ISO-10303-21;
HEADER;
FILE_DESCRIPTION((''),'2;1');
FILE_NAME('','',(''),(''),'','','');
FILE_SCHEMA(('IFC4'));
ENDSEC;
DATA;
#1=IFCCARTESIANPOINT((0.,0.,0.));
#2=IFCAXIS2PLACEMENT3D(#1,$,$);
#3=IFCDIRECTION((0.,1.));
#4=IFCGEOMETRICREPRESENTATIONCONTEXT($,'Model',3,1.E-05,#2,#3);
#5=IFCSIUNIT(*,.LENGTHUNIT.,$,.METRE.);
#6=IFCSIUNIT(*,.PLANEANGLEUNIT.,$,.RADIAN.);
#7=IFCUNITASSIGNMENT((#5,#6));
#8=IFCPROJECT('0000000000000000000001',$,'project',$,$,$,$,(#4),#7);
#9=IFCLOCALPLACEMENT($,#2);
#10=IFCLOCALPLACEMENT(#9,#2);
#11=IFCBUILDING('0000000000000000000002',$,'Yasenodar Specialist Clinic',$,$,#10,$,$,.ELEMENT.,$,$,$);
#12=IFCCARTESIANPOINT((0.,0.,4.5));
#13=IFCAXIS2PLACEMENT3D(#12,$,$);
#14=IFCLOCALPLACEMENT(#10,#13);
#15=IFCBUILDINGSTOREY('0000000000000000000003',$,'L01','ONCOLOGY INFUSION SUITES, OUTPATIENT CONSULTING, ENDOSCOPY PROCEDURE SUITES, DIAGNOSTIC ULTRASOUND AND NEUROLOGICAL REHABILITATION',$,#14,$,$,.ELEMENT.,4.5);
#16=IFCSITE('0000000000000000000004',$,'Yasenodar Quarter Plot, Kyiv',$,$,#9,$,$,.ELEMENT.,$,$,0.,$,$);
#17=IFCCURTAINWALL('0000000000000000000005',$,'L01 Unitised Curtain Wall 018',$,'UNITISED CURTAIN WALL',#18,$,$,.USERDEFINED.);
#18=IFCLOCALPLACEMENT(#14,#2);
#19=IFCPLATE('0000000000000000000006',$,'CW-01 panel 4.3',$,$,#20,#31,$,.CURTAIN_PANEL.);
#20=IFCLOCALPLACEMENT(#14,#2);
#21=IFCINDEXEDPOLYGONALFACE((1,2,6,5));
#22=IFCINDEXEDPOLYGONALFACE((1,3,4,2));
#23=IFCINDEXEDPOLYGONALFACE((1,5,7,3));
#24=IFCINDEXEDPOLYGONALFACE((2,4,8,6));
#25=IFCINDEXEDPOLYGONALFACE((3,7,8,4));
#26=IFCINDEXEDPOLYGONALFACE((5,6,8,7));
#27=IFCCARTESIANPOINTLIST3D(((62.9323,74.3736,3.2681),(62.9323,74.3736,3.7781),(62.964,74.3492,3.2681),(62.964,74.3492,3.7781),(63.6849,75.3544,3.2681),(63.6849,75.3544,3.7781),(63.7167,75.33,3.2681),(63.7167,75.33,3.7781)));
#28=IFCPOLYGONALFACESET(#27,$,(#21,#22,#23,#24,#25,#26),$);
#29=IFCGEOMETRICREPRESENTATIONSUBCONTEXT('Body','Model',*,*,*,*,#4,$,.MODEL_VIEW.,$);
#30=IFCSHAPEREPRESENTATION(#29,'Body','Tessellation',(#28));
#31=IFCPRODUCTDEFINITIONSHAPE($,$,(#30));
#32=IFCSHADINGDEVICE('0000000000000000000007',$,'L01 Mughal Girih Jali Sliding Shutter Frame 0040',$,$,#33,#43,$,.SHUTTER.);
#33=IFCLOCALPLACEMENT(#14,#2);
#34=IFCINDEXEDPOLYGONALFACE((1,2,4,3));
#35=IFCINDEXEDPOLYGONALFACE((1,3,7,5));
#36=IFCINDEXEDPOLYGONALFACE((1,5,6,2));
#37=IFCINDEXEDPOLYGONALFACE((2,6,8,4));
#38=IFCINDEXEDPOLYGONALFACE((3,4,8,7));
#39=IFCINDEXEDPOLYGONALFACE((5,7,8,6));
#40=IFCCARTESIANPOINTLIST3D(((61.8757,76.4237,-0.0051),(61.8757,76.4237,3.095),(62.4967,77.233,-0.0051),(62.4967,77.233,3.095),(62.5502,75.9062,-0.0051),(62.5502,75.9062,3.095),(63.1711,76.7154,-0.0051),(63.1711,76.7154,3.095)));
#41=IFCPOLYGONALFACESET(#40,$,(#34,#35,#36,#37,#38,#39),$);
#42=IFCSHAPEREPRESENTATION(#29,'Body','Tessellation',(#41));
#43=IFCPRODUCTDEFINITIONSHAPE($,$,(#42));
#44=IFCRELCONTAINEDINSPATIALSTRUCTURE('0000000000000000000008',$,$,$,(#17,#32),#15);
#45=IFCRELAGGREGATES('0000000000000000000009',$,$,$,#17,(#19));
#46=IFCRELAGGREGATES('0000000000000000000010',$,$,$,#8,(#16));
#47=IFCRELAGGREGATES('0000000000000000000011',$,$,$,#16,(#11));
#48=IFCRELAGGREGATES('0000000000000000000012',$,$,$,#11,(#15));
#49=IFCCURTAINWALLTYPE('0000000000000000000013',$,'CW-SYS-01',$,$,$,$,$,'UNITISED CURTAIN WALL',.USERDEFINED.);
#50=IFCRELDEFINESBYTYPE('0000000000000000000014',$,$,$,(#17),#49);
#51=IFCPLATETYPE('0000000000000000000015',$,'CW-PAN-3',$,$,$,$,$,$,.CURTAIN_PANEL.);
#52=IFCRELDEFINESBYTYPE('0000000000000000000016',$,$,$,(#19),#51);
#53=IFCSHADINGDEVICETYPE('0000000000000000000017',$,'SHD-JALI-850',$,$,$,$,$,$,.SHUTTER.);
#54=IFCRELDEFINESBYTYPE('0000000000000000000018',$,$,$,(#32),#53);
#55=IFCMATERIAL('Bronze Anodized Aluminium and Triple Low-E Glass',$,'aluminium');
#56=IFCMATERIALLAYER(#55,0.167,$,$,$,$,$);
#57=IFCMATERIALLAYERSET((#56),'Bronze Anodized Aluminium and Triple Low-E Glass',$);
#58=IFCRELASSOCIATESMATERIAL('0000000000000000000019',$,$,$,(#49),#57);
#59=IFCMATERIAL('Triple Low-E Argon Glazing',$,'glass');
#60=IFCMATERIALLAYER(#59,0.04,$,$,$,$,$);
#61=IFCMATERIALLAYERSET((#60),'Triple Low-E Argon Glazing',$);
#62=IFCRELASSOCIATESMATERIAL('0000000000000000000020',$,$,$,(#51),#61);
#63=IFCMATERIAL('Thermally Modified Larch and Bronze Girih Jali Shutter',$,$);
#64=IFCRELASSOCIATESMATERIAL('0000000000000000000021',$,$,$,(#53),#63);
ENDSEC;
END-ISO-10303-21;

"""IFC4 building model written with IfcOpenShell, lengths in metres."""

from ifc_helpers import new_model, si_unit, direction, frame, origin, origin_2d, place, context, subcontext, project, spatial, rectangle, extrude, material, layer, layer_set, type_object, element, aggregate, save


model = new_model("IFC4")

# Units and contexts
model_context = context("Model", 3, precision=1e-05, world=origin(), true_north=direction((0.0, 1.0)))
body_context = subcontext(model_context, "Body", "Model", "MODEL_VIEW")
ifc_project = project(units=[si_unit("LENGTHUNIT", "METRE"), si_unit("PLANEANGLEUNIT", "RADIAN")], contexts=[model_context])

# Site, building, storey
site_placement = place(None, origin())
site = spatial("IfcSite", under=ifc_project, at=site_placement, Name="Yasenodar Quarter Plot, Kyiv", CompositionType="ELEMENT", RefElevation=0.0)
building_placement = place(site_placement, origin())
building = spatial("IfcBuilding", under=site, at=building_placement, Name="Yasenodar Specialist Clinic", CompositionType="ELEMENT")
storey_placement = place(building_placement, frame((0.0, 0.0, 4.5)))
storey = spatial("IfcBuildingStorey", under=building, at=storey_placement, Name="L01", Description="ONCOLOGY INFUSION SUITES, OUTPATIENT CONSULTING, ENDOSCOPY PROCEDURE SUITES, DIAGNOSTIC ULTRASOUND AND NEUROLOGICAL REHABILITATION", CompositionType="ELEMENT", Elevation=4.5)

# Shared definitions
ifc_material_1 = material(Name="Bronze Anodized Aluminium and Triple Low-E Glass", Category="aluminium")
ifc_layer_1 = layer(ifc_material_1, 0.167)
ifc_layer_set_1 = layer_set([ifc_layer_1], Name="Bronze Anodized Aluminium and Triple Low-E Glass")
curtain_wall_type = type_object("IfcCurtainWallType", Name="CW-SYS-01", ElementType="UNITISED CURTAIN WALL", PredefinedType="USERDEFINED", material=ifc_layer_set_1)

# Curtain wall
curtain_wall_1_placement = place(storey_placement, origin())
curtain_wall_1 = element("IfcCurtainWall", 1, at=curtain_wall_1_placement, inside=storey, type_object=curtain_wall_type, Name="L01 Unitised Curtain Wall 018", ObjectType="UNITISED CURTAIN WALL", PredefinedType="USERDEFINED")

# Plate
ifc_material_2 = material(Name="Triple Low-E Argon Glazing", Category="glass")
ifc_layer_2 = layer(ifc_material_2, 0.04)
ifc_layer_set_2 = layer_set([ifc_layer_2], Name="Triple Low-E Argon Glazing")
plate_type_1 = type_object("IfcPlateType", Name="CW-PAN-3", PredefinedType="CURTAIN_PANEL", material=ifc_layer_set_2)
plate_1_placement = place(storey_placement, frame((63.3245, 74.8518, 3.2681), z_axis=(0.0, 0.0, 1.0), x_axis=(0.608752, 0.793361, 0.0)))
plate_1 = element("IfcPlate", 2, at=plate_1_placement, type_object=plate_type_1, Name="CW-01 panel 4.3", PredefinedType="CURTAIN_PANEL", context=body_context, shape_type="SweptSolid", body=[
    extrude(rectangle(XDim=1.2363, YDim=0.04, at=origin_2d()), origin(), (0.0, 0.0, 1.0), 0.51),
])
aggregate(curtain_wall_1, [plate_1])

# Shading device
ifc_material_3 = material(Name="Thermally Modified Larch and Bronze Girih Jali Shutter")
shading_device_type = type_object("IfcShadingDeviceType", Name="SHD-JALI-850", PredefinedType="SHUTTER", material=ifc_material_3)
shading_device_placement = place(storey_placement, frame((62.5234, 76.5696, -0.0051), z_axis=(0.0, 0.0, 1.0), x_axis=(-0.608764, -0.793351, 0.0)))
element("IfcShadingDevice", 3, at=shading_device_placement, inside=storey, type_object=shading_device_type, Name="L01 Mughal Girih Jali Sliding Shutter Frame 0040", PredefinedType="SHUTTER", context=body_context, shape_type="SweptSolid", body=[
    extrude(rectangle(XDim=1.02, YDim=0.8501, at=origin_2d()), origin(), (0.0, 0.0, 1.0), 3.1001),
])

save(model, "model.ifc")
